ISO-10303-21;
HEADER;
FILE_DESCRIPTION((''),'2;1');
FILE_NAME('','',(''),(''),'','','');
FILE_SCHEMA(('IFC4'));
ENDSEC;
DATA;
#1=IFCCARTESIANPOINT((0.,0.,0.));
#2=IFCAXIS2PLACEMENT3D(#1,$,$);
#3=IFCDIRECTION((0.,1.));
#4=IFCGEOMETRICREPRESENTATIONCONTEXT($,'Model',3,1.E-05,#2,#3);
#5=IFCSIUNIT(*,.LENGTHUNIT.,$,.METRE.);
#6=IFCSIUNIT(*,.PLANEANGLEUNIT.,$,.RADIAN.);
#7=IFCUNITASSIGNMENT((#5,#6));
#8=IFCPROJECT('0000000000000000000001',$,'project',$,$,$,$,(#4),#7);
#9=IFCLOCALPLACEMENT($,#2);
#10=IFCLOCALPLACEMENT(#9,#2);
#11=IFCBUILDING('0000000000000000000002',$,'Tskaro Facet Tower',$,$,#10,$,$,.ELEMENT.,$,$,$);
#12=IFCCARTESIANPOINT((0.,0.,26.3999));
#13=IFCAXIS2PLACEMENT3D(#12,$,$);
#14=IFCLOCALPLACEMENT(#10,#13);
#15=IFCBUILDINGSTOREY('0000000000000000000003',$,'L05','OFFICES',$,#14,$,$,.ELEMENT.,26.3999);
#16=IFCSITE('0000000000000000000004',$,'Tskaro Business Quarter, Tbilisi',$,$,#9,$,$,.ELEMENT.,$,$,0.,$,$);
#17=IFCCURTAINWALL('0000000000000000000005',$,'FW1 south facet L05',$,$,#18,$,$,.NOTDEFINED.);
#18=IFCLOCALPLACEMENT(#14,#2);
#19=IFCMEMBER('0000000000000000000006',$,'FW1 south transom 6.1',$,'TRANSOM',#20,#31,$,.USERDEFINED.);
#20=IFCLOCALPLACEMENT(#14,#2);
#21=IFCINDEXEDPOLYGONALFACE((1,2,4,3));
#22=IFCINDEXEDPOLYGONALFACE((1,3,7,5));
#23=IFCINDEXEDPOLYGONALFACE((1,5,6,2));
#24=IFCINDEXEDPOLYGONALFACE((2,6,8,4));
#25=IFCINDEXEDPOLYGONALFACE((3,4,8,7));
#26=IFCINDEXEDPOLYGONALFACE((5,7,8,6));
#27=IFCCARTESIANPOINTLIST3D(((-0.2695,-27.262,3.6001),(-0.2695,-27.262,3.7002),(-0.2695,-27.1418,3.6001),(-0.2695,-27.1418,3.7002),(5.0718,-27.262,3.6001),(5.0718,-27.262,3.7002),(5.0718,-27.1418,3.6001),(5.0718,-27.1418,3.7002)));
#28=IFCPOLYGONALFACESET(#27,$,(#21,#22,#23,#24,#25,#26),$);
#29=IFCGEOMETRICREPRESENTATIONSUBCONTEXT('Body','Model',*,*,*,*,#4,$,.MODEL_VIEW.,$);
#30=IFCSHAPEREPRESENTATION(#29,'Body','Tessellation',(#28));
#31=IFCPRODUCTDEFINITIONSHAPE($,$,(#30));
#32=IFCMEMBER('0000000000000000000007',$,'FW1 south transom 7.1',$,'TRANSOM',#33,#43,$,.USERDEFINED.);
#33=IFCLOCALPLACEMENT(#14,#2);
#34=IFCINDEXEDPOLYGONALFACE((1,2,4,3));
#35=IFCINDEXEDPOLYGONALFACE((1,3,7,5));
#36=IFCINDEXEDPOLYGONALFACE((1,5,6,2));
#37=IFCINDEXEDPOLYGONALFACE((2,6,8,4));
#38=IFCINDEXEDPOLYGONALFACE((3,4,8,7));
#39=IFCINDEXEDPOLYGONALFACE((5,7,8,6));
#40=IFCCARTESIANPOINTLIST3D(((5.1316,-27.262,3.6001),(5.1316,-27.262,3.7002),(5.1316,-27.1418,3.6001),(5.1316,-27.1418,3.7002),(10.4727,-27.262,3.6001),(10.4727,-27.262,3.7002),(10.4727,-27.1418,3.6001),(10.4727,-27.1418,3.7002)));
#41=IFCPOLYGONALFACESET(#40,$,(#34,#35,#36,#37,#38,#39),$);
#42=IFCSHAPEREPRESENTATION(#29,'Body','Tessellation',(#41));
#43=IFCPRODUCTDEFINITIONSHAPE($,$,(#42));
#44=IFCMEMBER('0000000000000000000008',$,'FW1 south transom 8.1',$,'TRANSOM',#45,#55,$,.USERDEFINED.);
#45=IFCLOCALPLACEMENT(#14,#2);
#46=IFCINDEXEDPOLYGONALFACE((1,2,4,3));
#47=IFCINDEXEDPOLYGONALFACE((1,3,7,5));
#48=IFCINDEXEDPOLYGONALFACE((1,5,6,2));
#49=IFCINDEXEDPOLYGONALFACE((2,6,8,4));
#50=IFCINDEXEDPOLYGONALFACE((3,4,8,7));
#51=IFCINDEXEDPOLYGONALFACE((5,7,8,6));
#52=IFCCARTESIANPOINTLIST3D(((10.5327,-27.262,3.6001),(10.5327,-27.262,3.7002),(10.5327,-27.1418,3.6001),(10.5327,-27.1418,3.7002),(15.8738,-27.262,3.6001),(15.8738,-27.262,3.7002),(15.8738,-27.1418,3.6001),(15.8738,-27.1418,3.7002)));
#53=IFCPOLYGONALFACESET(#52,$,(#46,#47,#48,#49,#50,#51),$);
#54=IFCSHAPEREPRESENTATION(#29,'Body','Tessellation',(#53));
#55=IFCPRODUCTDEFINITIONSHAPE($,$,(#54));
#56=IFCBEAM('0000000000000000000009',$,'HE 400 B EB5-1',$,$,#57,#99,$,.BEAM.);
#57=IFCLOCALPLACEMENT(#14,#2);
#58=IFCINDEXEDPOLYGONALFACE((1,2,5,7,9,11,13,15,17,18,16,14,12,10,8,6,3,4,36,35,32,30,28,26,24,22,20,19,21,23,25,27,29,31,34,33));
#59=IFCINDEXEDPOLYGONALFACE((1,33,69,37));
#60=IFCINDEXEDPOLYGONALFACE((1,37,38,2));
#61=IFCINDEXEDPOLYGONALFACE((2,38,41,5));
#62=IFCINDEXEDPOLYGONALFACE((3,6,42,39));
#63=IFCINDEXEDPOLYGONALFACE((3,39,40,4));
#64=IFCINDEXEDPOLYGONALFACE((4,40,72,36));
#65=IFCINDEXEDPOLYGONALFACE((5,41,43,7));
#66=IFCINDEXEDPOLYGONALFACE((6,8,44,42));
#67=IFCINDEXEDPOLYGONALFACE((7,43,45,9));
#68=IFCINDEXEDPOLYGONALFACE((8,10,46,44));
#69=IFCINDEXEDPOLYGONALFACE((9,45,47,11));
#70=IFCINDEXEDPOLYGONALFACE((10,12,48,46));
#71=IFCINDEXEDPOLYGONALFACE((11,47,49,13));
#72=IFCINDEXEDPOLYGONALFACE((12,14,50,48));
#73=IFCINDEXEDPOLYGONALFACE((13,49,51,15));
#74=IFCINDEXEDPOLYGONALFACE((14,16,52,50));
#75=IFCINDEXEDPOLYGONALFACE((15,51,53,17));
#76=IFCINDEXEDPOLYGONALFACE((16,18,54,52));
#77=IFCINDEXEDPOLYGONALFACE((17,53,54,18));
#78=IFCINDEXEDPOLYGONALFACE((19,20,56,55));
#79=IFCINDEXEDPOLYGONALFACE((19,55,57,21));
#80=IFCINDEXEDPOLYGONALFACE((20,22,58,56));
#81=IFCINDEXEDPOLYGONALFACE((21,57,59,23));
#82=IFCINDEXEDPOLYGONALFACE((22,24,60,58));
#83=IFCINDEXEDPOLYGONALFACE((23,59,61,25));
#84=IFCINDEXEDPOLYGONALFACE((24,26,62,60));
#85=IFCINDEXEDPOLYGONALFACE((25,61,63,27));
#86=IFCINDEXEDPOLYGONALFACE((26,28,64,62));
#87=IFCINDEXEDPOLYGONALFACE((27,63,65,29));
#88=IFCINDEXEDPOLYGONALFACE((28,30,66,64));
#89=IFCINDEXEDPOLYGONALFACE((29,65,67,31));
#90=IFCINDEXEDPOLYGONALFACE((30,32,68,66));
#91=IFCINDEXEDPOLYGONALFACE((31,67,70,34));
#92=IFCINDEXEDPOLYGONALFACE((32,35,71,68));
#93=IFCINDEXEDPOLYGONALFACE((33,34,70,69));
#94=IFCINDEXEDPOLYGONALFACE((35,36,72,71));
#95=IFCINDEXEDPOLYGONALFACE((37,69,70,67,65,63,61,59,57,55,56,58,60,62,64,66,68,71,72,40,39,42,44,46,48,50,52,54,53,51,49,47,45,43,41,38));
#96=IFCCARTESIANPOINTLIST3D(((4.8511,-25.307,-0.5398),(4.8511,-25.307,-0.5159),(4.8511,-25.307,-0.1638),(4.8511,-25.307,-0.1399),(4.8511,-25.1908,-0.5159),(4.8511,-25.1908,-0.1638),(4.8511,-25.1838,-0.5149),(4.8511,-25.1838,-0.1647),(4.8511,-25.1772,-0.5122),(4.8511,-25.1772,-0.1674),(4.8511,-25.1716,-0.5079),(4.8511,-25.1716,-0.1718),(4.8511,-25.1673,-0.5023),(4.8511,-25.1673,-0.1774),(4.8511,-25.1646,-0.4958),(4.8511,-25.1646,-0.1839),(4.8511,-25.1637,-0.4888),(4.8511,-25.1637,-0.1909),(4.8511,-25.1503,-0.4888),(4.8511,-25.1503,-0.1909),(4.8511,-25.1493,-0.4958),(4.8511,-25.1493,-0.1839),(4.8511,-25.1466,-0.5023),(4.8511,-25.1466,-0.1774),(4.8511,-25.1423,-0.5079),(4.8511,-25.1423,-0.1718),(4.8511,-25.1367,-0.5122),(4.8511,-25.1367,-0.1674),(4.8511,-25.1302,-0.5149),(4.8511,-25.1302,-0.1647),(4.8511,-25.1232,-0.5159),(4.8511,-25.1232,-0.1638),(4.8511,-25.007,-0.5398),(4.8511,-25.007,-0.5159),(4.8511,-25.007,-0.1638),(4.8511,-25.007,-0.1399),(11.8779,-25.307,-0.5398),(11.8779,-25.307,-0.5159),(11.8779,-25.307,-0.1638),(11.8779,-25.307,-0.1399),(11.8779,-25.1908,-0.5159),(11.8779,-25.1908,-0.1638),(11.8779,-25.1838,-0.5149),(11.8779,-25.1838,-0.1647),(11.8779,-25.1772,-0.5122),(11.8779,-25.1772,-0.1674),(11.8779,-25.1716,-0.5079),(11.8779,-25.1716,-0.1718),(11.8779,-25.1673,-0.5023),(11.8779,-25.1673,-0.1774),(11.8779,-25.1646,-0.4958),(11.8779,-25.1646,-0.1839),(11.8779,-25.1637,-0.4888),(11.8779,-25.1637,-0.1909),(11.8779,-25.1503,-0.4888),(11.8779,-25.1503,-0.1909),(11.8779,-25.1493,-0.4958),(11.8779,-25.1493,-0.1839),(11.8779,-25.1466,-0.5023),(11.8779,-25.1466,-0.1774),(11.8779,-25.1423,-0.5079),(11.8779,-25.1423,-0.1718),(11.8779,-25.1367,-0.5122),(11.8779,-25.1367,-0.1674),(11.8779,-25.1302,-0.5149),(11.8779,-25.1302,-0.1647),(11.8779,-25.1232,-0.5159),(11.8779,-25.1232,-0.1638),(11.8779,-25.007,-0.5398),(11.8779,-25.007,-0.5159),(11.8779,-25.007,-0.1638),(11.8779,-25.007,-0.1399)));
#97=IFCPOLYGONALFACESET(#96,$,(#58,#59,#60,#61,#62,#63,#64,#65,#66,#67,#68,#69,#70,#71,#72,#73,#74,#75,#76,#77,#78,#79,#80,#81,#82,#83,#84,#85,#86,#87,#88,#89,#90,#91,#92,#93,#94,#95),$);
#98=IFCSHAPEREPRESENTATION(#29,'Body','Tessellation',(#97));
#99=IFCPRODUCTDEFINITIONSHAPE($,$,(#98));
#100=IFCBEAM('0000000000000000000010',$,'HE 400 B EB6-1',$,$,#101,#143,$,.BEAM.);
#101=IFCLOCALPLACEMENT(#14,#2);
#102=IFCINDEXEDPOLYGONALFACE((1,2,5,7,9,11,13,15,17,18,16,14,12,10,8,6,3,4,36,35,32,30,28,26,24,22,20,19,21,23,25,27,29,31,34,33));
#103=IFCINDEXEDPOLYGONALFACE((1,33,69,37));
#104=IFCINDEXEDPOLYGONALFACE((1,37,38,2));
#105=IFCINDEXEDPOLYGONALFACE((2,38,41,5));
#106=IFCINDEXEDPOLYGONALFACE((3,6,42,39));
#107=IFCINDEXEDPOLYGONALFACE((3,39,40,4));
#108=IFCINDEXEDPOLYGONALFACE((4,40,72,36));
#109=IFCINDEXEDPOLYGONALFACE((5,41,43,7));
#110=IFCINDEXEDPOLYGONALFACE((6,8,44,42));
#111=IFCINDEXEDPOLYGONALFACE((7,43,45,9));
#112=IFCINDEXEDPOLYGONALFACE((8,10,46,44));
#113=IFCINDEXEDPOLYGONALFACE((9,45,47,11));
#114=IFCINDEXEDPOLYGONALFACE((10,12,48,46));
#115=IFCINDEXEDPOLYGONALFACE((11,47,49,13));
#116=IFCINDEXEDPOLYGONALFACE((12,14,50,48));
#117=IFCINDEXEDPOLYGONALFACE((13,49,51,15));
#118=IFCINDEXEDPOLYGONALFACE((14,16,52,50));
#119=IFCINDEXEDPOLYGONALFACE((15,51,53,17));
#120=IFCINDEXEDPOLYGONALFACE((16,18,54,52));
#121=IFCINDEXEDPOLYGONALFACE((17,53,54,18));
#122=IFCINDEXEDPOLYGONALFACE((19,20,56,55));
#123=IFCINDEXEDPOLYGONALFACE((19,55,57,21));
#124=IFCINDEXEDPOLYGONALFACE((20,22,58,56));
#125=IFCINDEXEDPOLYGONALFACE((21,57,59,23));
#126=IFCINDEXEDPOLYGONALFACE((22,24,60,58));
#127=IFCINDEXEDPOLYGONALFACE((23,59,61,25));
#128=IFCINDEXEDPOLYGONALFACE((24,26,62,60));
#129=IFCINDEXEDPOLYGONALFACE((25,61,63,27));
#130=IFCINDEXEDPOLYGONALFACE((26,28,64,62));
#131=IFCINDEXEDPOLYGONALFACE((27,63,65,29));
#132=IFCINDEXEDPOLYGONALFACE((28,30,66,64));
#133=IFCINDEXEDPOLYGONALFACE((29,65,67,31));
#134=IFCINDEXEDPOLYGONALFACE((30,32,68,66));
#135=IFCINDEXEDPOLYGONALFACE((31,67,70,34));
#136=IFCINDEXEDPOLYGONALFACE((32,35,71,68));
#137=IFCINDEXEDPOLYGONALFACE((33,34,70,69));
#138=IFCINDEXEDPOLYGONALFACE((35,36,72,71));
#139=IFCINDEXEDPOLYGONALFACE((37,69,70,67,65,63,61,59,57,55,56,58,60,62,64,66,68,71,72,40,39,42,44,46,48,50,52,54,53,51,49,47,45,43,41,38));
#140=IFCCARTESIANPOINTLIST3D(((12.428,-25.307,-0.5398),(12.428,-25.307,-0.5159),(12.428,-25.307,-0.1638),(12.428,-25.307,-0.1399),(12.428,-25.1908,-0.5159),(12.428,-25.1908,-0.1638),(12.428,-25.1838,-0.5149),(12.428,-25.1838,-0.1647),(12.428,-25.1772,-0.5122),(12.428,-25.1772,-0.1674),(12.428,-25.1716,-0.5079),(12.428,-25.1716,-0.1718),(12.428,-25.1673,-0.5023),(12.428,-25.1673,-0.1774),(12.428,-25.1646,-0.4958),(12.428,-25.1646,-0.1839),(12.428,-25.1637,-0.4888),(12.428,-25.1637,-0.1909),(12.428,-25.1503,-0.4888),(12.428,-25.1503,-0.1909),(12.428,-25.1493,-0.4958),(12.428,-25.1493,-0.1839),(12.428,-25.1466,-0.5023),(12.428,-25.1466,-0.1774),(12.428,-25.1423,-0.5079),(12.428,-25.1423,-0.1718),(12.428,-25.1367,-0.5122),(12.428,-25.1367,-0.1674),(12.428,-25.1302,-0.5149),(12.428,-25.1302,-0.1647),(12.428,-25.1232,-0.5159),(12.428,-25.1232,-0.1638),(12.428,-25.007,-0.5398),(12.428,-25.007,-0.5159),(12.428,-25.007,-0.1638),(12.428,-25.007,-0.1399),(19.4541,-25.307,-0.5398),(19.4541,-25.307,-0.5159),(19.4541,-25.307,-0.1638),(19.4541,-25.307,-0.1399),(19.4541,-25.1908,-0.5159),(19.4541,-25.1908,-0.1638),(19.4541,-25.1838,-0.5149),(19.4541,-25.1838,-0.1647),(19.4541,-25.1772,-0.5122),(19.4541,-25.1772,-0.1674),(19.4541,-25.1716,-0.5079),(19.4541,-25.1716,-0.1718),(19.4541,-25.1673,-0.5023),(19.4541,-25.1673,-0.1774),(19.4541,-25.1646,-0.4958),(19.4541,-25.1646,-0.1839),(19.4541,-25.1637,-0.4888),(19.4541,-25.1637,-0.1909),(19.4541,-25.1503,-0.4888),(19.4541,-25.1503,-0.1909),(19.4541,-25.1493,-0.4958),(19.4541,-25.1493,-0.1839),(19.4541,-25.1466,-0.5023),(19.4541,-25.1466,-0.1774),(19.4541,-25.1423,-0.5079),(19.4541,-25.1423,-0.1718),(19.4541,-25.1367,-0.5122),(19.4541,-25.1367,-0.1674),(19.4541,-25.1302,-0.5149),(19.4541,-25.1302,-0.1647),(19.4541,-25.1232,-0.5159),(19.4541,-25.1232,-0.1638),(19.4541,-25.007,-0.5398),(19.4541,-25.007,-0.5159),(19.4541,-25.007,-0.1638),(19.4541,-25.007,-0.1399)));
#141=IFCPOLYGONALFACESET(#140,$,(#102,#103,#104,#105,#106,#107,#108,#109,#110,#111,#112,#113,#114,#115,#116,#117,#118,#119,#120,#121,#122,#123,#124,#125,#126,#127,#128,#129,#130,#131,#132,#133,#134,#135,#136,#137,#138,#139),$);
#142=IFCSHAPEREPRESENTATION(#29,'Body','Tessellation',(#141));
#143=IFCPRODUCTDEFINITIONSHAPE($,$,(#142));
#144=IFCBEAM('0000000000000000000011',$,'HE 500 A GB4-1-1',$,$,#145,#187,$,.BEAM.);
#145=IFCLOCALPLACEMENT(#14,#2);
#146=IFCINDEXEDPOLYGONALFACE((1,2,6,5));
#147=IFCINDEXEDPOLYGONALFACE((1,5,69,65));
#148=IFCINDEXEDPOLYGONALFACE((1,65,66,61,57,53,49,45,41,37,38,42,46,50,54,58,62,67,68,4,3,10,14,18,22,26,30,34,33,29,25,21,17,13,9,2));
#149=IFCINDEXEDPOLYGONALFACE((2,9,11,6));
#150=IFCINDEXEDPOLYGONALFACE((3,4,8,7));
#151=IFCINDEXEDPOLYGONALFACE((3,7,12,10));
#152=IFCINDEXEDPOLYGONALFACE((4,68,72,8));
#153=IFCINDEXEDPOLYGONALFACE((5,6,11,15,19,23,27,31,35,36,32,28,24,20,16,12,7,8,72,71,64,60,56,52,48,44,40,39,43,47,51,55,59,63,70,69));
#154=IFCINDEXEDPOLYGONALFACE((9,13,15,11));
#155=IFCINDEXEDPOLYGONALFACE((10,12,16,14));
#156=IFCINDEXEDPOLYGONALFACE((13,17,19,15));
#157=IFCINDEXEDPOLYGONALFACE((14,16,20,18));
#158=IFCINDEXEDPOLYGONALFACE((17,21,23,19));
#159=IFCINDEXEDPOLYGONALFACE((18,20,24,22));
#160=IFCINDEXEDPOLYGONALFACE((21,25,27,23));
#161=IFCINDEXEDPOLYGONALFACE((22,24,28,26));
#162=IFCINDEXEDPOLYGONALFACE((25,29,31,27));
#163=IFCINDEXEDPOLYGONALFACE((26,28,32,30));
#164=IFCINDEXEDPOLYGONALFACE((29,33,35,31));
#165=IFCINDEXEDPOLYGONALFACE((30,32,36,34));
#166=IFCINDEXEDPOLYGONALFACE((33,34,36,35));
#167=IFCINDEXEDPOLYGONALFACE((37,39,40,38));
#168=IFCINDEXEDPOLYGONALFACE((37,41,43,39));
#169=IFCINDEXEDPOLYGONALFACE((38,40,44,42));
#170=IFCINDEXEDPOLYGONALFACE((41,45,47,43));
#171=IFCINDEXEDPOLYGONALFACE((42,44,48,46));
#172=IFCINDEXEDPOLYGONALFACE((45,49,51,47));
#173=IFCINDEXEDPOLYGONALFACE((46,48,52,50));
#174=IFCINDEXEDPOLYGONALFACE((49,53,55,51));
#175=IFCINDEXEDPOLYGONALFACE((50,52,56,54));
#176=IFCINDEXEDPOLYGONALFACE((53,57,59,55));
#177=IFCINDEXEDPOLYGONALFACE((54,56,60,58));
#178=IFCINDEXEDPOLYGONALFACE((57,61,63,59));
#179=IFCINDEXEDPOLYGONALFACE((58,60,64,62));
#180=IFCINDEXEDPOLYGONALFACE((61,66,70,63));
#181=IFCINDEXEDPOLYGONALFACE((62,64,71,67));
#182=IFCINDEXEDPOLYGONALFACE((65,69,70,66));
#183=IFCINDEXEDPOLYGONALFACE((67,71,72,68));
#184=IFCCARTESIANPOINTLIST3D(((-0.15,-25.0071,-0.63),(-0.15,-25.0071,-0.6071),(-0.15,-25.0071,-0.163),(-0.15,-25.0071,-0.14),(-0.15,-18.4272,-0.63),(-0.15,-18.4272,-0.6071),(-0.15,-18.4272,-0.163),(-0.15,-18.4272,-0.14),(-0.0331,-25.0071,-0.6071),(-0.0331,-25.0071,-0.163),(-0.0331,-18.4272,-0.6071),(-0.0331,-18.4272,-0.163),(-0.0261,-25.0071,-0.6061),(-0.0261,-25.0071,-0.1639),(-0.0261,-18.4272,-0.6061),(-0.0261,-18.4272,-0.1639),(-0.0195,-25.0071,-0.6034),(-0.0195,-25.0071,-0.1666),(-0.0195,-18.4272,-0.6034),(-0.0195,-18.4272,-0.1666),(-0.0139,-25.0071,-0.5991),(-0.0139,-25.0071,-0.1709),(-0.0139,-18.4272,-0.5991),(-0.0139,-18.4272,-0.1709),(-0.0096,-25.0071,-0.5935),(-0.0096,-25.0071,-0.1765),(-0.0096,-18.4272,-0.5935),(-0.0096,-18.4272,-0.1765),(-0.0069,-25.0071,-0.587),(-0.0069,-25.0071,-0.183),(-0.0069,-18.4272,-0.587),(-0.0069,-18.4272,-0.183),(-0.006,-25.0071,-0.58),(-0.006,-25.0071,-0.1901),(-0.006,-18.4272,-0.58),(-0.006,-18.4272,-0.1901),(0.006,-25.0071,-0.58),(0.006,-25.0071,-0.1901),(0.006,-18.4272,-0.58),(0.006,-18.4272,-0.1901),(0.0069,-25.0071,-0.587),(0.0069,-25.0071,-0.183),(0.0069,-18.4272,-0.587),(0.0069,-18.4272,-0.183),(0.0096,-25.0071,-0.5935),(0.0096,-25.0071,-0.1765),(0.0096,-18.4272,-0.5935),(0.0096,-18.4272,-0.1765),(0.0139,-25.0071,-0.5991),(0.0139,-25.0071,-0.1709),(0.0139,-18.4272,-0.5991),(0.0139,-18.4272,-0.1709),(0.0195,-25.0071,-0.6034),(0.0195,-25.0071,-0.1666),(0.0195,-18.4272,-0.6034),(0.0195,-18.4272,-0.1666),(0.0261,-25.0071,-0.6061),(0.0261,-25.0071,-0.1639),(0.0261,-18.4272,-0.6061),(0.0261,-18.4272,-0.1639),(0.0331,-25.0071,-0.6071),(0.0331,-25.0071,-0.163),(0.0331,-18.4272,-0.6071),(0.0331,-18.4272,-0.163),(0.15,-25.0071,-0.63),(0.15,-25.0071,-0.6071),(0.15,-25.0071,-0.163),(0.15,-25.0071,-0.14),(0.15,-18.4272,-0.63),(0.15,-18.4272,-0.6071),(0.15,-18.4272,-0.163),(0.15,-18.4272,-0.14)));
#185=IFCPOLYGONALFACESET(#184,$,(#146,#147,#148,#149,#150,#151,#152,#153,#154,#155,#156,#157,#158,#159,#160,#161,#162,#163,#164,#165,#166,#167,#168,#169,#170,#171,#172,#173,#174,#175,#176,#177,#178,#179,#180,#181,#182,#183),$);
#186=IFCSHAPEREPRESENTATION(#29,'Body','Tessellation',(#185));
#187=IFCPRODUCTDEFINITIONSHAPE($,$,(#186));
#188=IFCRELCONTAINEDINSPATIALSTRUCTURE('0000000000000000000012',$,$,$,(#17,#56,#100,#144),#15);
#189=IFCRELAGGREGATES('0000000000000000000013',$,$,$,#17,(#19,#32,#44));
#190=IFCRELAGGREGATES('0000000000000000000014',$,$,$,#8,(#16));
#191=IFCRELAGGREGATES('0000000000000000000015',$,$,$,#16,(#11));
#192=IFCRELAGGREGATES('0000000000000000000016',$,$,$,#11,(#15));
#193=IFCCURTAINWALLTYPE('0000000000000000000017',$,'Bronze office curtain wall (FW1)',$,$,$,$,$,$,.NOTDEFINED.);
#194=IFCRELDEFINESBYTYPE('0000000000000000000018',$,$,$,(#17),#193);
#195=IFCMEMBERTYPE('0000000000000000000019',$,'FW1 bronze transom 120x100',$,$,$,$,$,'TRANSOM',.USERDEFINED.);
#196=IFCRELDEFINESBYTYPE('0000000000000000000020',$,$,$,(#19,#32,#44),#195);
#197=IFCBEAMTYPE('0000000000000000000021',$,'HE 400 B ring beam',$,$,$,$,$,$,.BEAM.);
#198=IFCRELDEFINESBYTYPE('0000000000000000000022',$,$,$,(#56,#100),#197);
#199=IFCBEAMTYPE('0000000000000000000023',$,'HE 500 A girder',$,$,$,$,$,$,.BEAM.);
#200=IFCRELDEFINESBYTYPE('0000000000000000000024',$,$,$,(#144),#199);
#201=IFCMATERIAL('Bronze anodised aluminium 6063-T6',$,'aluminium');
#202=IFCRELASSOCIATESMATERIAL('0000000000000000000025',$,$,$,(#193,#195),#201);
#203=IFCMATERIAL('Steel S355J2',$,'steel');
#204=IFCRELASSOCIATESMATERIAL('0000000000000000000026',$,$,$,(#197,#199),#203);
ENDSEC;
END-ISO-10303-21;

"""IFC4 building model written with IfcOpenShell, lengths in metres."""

from ifc_helpers import new_model, si_unit, direction, frame, origin, origin_2d, place, context, subcontext, project, spatial, rectangle, i_section, extrude, material, material_profile, profile_set, type_object, element, aggregate, save


model = new_model("IFC4")

# Units and contexts
model_context = context("Model", 3, precision=1e-05, world=origin(), true_north=direction((0.0, 1.0)))
body_context = subcontext(model_context, "Body", "Model", "MODEL_VIEW")
ifc_project = project(units=[si_unit("LENGTHUNIT", "METRE"), si_unit("PLANEANGLEUNIT", "RADIAN")], contexts=[model_context])

# Site, building, storey
site_placement = place(None, origin())
site = spatial("IfcSite", under=ifc_project, at=site_placement, Name="Tskaro Business Quarter, Tbilisi", CompositionType="ELEMENT", RefElevation=0.0)
building_placement = place(site_placement, origin())
building = spatial("IfcBuilding", under=site, at=building_placement, Name="Tskaro Facet Tower", CompositionType="ELEMENT")
storey_placement = place(building_placement, frame((0.0, 0.0, 26.3999)))
storey = spatial("IfcBuildingStorey", under=building, at=storey_placement, Name="L05", Description="OFFICES", CompositionType="ELEMENT", Elevation=26.3999)

# Curtain wall, members
ifc_material_1 = material(Name="Bronze anodised aluminium 6063-T6", Category="aluminium")
curtain_wall_type = type_object("IfcCurtainWallType", Name="Bronze office curtain wall (FW1)", PredefinedType="NOTDEFINED", material=ifc_material_1)
curtain_wall_placement = place(storey_placement, origin())
curtain_wall = element("IfcCurtainWall", 1, at=curtain_wall_placement, inside=storey, type_object=curtain_wall_type, Name="FW1 south facet L05", PredefinedType="NOTDEFINED")
ifc_material_profile_1 = material_profile(ifc_material_1, rectangle(XDim=0.1201, YDim=0.1001, at=origin_2d()), Name="Transom 120x100")
ifc_profile_set_1 = profile_set([ifc_material_profile_1], Name="Bronze anodised aluminium 6063-T6")
member_type_1 = type_object("IfcMemberType", Name="FW1 bronze transom 120x100", ElementType="TRANSOM", PredefinedType="USERDEFINED", material=ifc_profile_set_1)
member_1_placement = place(storey_placement, frame((-0.2695, -27.2019, 3.6501), z_axis=(1.0, 0.0, 0.0), x_axis=(0.0, 1.0, 0.0)))
member_1 = element("IfcMember", 2, at=member_1_placement, type_object=member_type_1, Name="FW1 south transom 6.1", ObjectType="TRANSOM", PredefinedType="USERDEFINED", context=body_context, shape_type="SweptSolid", body=[
    extrude(rectangle(XDim=0.1201, YDim=0.1001, at=origin_2d()), origin(), (0.0, 0.0, 1.0), 5.3413),
])
member_2_placement = place(storey_placement, frame((5.1316, -27.2019, 3.6501), z_axis=(1.0, 0.0, 0.0), x_axis=(0.0, 1.0, 0.0)))
member_2 = element("IfcMember", 3, at=member_2_placement, type_object=member_type_1, Name="FW1 south transom 7.1", ObjectType="TRANSOM", PredefinedType="USERDEFINED", context=body_context, shape_type="SweptSolid", body=[
    extrude(rectangle(XDim=0.1201, YDim=0.1001, at=origin_2d()), origin(), (0.0, 0.0, 1.0), 5.3411),
])
member_3_placement = place(storey_placement, frame((10.5327, -27.2019, 3.6501), z_axis=(1.0, 0.0, 0.0), x_axis=(0.0, 1.0, 0.0)))
member_3 = element("IfcMember", 4, at=member_3_placement, type_object=member_type_1, Name="FW1 south transom 8.1", ObjectType="TRANSOM", PredefinedType="USERDEFINED", context=body_context, shape_type="SweptSolid", body=[
    extrude(rectangle(XDim=0.1201, YDim=0.1001, at=origin_2d()), origin(), (0.0, 0.0, 1.0), 5.3411),
])

# Beams
ifc_material_2 = material(Name="Steel S355J2", Category="steel")
ifc_material_profile_2 = material_profile(ifc_material_2, i_section(OverallWidth=0.3, OverallDepth=0.3999, WebThickness=0.0134, FlangeThickness=0.0239, FilletRadius=0.0271, at=origin_2d()), Name="HE 400 B")
ifc_profile_set_2 = profile_set([ifc_material_profile_2], Name="Steel S355J2")
beam_type_1 = type_object("IfcBeamType", Name="HE 400 B ring beam", PredefinedType="BEAM", material=ifc_profile_set_2)
beam_1_placement = place(storey_placement, frame((4.8511, -25.157, -0.3398), z_axis=(1.0, 0.0, 0.0), x_axis=(0.0, 1.0, 0.0)))
element("IfcBeam", 5, at=beam_1_placement, inside=storey, type_object=beam_type_1, Name="HE 400 B EB5-1", PredefinedType="BEAM", context=body_context, shape_type="SweptSolid", body=[
    extrude(i_section(OverallWidth=0.3, OverallDepth=0.3999, WebThickness=0.0134, FlangeThickness=0.0239, FilletRadius=0.0271, at=origin_2d()), origin(), (0.0, 0.0, 1.0), 7.0269),
])
beam_2_placement = place(storey_placement, frame((12.428, -25.157, -0.3398), z_axis=(1.0, 0.0, 0.0), x_axis=(0.0, 1.0, 0.0)))
element("IfcBeam", 6, at=beam_2_placement, inside=storey, type_object=beam_type_1, Name="HE 400 B EB6-1", PredefinedType="BEAM", context=body_context, shape_type="SweptSolid", body=[
    extrude(i_section(OverallWidth=0.3, OverallDepth=0.3999, WebThickness=0.0134, FlangeThickness=0.0239, FilletRadius=0.0271, at=origin_2d()), origin(), (0.0, 0.0, 1.0), 7.0261),
])
ifc_material_profile_3 = material_profile(ifc_material_2, i_section(OverallWidth=0.3, OverallDepth=0.49, WebThickness=0.012, FlangeThickness=0.0229, FilletRadius=0.0271, at=origin_2d()), Name="HE 500 A")
ifc_profile_set_3 = profile_set([ifc_material_profile_3], Name="Steel S355J2")
beam_type_2 = type_object("IfcBeamType", Name="HE 500 A girder", PredefinedType="BEAM", material=ifc_profile_set_3)
beam_3_placement = place(storey_placement, frame((0.0, -25.0071, -0.385), z_axis=(0.0, 1.0, 0.0), x_axis=(-1.0, 0.0, 0.0)))
element("IfcBeam", 7, at=beam_3_placement, inside=storey, type_object=beam_type_2, Name="HE 500 A GB4-1-1", PredefinedType="BEAM", context=body_context, shape_type="SweptSolid", body=[
    extrude(i_section(OverallWidth=0.3, OverallDepth=0.49, WebThickness=0.012, FlangeThickness=0.0229, FilletRadius=0.0271, at=origin_2d()), origin(), (0.0, 0.0, 1.0), 6.5798),
])

aggregate(curtain_wall, [member_1, member_2, member_3])

save(model, "model.ifc")
